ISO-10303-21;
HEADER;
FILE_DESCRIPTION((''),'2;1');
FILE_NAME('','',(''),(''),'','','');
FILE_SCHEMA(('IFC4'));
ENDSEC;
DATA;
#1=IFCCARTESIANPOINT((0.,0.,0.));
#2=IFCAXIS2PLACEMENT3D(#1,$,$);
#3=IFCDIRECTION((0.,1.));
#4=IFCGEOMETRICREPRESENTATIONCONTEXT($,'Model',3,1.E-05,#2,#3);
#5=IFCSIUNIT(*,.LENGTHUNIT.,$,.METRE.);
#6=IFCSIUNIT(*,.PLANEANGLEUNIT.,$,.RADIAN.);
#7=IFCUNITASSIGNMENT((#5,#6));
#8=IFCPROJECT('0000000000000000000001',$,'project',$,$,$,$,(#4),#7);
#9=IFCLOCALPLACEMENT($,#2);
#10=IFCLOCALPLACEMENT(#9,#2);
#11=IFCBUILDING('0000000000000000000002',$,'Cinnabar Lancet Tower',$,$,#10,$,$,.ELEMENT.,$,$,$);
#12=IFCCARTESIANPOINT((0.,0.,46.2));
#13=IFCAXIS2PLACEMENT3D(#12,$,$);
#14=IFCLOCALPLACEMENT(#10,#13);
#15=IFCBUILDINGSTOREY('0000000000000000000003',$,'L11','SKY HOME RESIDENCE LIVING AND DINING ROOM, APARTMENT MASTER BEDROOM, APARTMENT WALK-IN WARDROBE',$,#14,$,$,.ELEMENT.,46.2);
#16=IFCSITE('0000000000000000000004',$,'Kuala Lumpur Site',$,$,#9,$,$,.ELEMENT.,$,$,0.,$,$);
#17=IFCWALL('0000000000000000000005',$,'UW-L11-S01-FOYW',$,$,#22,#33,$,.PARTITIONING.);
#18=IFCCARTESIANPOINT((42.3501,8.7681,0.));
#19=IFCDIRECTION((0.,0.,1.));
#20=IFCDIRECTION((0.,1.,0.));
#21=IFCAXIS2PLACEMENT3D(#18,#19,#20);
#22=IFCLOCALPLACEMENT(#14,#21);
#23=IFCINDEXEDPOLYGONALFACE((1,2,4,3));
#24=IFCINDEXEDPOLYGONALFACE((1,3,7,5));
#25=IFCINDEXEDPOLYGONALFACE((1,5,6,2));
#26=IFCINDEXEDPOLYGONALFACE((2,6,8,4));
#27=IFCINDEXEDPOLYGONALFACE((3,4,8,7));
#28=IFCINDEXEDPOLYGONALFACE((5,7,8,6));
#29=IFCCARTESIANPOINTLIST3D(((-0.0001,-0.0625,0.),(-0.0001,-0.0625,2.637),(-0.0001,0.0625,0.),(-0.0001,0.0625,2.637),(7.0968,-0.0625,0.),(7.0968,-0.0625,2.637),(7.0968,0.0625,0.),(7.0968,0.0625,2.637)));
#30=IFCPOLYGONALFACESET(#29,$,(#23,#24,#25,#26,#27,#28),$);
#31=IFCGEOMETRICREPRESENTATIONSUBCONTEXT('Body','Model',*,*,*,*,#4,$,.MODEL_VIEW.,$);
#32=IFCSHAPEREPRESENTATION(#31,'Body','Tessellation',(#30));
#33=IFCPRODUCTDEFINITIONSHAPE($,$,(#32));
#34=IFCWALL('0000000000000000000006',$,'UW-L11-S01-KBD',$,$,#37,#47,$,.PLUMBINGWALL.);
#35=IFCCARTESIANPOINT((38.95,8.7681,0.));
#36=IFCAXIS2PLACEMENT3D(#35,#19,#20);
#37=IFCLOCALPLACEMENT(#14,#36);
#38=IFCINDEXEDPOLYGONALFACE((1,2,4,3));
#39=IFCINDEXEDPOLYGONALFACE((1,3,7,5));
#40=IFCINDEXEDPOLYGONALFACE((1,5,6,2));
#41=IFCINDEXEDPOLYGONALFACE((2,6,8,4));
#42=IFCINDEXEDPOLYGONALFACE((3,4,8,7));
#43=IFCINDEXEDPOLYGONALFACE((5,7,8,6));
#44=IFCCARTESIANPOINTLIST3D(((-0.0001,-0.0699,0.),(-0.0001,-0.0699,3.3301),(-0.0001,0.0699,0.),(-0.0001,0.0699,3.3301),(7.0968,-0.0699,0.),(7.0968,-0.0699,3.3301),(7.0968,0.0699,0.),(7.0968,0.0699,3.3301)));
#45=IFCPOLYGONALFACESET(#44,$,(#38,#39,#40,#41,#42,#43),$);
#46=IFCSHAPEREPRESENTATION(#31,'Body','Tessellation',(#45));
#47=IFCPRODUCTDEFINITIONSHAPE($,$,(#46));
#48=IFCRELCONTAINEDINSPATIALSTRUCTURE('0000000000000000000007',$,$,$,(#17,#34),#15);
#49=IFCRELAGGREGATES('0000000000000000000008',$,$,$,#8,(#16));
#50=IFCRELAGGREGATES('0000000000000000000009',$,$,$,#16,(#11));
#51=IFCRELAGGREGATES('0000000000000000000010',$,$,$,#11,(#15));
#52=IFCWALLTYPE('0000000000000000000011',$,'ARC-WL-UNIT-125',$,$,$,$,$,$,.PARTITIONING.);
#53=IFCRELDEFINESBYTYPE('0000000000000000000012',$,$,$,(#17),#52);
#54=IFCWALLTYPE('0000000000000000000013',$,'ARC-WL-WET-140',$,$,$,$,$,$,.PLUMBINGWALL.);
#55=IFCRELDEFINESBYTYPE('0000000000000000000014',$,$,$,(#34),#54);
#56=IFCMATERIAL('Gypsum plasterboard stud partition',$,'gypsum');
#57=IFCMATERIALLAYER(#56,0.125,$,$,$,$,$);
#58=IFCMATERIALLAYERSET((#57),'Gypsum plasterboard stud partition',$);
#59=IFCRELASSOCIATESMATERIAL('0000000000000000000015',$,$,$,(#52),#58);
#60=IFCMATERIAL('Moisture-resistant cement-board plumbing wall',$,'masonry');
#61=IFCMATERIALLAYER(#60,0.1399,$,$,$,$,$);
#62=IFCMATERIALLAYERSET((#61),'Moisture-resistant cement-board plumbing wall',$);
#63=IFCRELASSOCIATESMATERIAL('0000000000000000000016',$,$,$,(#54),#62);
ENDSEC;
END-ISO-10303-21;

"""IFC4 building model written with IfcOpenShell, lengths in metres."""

from ifc_helpers import new_model, si_unit, direction, frame, frame_2d, origin, place, context, subcontext, project, spatial, rectangle, extrude, material, layer, layer_set, type_object, element, save


model = new_model("IFC4")

# Units and contexts
model_context = context("Model", 3, precision=1e-05, world=origin(), true_north=direction((0.0, 1.0)))
body_context = subcontext(model_context, "Body", "Model", "MODEL_VIEW")
ifc_project = project(units=[si_unit("LENGTHUNIT", "METRE"), si_unit("PLANEANGLEUNIT", "RADIAN")], contexts=[model_context])

# Site, building, storey
site_placement = place(None, origin())
site = spatial("IfcSite", under=ifc_project, at=site_placement, Name="Kuala Lumpur Site", CompositionType="ELEMENT", RefElevation=0.0)
building_placement = place(site_placement, origin())
building = spatial("IfcBuilding", under=site, at=building_placement, Name="Cinnabar Lancet Tower", CompositionType="ELEMENT")
storey_placement = place(building_placement, frame((0.0, 0.0, 46.2)))
storey = spatial("IfcBuildingStorey", under=building, at=storey_placement, Name="L11", Description="SKY HOME RESIDENCE LIVING AND DINING ROOM, APARTMENT MASTER BEDROOM, APARTMENT WALK-IN WARDROBE", CompositionType="ELEMENT", Elevation=46.2)

# Walls
ifc_material_1 = material(Name="Gypsum plasterboard stud partition", Category="gypsum")
ifc_layer_1 = layer(ifc_material_1, 0.125)
ifc_layer_set_1 = layer_set([ifc_layer_1], Name="Gypsum plasterboard stud partition")
wall_type_1 = type_object("IfcWallType", Name="ARC-WL-UNIT-125", PredefinedType="PARTITIONING", material=ifc_layer_set_1)
wall_1_placement = place(storey_placement, frame((42.3501, 8.7681, 0.0), z_axis=(0.0, 0.0, 1.0), x_axis=(0.0, 1.0, 0.0)))
element("IfcWall", 1, at=wall_1_placement, inside=storey, type_object=wall_type_1, Name="UW-L11-S01-FOYW", PredefinedType="PARTITIONING", context=body_context, shape_type="SweptSolid", body=[
    extrude(rectangle(XDim=7.0969, YDim=0.125, at=frame_2d((3.5483, 0.0))), origin(), (0.0, 0.0, 1.0), 2.637),
])
ifc_material_2 = material(Name="Moisture-resistant cement-board plumbing wall", Category="masonry")
ifc_layer_2 = layer(ifc_material_2, 0.1399)
ifc_layer_set_2 = layer_set([ifc_layer_2], Name="Moisture-resistant cement-board plumbing wall")
wall_type_2 = type_object("IfcWallType", Name="ARC-WL-WET-140", PredefinedType="PLUMBINGWALL", material=ifc_layer_set_2)
wall_2_placement = place(storey_placement, frame((38.95, 8.7681, 0.0), z_axis=(0.0, 0.0, 1.0), x_axis=(0.0, 1.0, 0.0)))
element("IfcWall", 2, at=wall_2_placement, inside=storey, type_object=wall_type_2, Name="UW-L11-S01-KBD", PredefinedType="PLUMBINGWALL", context=body_context, shape_type="SweptSolid", body=[
    extrude(rectangle(XDim=7.0969, YDim=0.1399, at=frame_2d((3.5483, 0.0))), origin(), (0.0, 0.0, 1.0), 3.3301),
])

save(model, "model.ifc")
